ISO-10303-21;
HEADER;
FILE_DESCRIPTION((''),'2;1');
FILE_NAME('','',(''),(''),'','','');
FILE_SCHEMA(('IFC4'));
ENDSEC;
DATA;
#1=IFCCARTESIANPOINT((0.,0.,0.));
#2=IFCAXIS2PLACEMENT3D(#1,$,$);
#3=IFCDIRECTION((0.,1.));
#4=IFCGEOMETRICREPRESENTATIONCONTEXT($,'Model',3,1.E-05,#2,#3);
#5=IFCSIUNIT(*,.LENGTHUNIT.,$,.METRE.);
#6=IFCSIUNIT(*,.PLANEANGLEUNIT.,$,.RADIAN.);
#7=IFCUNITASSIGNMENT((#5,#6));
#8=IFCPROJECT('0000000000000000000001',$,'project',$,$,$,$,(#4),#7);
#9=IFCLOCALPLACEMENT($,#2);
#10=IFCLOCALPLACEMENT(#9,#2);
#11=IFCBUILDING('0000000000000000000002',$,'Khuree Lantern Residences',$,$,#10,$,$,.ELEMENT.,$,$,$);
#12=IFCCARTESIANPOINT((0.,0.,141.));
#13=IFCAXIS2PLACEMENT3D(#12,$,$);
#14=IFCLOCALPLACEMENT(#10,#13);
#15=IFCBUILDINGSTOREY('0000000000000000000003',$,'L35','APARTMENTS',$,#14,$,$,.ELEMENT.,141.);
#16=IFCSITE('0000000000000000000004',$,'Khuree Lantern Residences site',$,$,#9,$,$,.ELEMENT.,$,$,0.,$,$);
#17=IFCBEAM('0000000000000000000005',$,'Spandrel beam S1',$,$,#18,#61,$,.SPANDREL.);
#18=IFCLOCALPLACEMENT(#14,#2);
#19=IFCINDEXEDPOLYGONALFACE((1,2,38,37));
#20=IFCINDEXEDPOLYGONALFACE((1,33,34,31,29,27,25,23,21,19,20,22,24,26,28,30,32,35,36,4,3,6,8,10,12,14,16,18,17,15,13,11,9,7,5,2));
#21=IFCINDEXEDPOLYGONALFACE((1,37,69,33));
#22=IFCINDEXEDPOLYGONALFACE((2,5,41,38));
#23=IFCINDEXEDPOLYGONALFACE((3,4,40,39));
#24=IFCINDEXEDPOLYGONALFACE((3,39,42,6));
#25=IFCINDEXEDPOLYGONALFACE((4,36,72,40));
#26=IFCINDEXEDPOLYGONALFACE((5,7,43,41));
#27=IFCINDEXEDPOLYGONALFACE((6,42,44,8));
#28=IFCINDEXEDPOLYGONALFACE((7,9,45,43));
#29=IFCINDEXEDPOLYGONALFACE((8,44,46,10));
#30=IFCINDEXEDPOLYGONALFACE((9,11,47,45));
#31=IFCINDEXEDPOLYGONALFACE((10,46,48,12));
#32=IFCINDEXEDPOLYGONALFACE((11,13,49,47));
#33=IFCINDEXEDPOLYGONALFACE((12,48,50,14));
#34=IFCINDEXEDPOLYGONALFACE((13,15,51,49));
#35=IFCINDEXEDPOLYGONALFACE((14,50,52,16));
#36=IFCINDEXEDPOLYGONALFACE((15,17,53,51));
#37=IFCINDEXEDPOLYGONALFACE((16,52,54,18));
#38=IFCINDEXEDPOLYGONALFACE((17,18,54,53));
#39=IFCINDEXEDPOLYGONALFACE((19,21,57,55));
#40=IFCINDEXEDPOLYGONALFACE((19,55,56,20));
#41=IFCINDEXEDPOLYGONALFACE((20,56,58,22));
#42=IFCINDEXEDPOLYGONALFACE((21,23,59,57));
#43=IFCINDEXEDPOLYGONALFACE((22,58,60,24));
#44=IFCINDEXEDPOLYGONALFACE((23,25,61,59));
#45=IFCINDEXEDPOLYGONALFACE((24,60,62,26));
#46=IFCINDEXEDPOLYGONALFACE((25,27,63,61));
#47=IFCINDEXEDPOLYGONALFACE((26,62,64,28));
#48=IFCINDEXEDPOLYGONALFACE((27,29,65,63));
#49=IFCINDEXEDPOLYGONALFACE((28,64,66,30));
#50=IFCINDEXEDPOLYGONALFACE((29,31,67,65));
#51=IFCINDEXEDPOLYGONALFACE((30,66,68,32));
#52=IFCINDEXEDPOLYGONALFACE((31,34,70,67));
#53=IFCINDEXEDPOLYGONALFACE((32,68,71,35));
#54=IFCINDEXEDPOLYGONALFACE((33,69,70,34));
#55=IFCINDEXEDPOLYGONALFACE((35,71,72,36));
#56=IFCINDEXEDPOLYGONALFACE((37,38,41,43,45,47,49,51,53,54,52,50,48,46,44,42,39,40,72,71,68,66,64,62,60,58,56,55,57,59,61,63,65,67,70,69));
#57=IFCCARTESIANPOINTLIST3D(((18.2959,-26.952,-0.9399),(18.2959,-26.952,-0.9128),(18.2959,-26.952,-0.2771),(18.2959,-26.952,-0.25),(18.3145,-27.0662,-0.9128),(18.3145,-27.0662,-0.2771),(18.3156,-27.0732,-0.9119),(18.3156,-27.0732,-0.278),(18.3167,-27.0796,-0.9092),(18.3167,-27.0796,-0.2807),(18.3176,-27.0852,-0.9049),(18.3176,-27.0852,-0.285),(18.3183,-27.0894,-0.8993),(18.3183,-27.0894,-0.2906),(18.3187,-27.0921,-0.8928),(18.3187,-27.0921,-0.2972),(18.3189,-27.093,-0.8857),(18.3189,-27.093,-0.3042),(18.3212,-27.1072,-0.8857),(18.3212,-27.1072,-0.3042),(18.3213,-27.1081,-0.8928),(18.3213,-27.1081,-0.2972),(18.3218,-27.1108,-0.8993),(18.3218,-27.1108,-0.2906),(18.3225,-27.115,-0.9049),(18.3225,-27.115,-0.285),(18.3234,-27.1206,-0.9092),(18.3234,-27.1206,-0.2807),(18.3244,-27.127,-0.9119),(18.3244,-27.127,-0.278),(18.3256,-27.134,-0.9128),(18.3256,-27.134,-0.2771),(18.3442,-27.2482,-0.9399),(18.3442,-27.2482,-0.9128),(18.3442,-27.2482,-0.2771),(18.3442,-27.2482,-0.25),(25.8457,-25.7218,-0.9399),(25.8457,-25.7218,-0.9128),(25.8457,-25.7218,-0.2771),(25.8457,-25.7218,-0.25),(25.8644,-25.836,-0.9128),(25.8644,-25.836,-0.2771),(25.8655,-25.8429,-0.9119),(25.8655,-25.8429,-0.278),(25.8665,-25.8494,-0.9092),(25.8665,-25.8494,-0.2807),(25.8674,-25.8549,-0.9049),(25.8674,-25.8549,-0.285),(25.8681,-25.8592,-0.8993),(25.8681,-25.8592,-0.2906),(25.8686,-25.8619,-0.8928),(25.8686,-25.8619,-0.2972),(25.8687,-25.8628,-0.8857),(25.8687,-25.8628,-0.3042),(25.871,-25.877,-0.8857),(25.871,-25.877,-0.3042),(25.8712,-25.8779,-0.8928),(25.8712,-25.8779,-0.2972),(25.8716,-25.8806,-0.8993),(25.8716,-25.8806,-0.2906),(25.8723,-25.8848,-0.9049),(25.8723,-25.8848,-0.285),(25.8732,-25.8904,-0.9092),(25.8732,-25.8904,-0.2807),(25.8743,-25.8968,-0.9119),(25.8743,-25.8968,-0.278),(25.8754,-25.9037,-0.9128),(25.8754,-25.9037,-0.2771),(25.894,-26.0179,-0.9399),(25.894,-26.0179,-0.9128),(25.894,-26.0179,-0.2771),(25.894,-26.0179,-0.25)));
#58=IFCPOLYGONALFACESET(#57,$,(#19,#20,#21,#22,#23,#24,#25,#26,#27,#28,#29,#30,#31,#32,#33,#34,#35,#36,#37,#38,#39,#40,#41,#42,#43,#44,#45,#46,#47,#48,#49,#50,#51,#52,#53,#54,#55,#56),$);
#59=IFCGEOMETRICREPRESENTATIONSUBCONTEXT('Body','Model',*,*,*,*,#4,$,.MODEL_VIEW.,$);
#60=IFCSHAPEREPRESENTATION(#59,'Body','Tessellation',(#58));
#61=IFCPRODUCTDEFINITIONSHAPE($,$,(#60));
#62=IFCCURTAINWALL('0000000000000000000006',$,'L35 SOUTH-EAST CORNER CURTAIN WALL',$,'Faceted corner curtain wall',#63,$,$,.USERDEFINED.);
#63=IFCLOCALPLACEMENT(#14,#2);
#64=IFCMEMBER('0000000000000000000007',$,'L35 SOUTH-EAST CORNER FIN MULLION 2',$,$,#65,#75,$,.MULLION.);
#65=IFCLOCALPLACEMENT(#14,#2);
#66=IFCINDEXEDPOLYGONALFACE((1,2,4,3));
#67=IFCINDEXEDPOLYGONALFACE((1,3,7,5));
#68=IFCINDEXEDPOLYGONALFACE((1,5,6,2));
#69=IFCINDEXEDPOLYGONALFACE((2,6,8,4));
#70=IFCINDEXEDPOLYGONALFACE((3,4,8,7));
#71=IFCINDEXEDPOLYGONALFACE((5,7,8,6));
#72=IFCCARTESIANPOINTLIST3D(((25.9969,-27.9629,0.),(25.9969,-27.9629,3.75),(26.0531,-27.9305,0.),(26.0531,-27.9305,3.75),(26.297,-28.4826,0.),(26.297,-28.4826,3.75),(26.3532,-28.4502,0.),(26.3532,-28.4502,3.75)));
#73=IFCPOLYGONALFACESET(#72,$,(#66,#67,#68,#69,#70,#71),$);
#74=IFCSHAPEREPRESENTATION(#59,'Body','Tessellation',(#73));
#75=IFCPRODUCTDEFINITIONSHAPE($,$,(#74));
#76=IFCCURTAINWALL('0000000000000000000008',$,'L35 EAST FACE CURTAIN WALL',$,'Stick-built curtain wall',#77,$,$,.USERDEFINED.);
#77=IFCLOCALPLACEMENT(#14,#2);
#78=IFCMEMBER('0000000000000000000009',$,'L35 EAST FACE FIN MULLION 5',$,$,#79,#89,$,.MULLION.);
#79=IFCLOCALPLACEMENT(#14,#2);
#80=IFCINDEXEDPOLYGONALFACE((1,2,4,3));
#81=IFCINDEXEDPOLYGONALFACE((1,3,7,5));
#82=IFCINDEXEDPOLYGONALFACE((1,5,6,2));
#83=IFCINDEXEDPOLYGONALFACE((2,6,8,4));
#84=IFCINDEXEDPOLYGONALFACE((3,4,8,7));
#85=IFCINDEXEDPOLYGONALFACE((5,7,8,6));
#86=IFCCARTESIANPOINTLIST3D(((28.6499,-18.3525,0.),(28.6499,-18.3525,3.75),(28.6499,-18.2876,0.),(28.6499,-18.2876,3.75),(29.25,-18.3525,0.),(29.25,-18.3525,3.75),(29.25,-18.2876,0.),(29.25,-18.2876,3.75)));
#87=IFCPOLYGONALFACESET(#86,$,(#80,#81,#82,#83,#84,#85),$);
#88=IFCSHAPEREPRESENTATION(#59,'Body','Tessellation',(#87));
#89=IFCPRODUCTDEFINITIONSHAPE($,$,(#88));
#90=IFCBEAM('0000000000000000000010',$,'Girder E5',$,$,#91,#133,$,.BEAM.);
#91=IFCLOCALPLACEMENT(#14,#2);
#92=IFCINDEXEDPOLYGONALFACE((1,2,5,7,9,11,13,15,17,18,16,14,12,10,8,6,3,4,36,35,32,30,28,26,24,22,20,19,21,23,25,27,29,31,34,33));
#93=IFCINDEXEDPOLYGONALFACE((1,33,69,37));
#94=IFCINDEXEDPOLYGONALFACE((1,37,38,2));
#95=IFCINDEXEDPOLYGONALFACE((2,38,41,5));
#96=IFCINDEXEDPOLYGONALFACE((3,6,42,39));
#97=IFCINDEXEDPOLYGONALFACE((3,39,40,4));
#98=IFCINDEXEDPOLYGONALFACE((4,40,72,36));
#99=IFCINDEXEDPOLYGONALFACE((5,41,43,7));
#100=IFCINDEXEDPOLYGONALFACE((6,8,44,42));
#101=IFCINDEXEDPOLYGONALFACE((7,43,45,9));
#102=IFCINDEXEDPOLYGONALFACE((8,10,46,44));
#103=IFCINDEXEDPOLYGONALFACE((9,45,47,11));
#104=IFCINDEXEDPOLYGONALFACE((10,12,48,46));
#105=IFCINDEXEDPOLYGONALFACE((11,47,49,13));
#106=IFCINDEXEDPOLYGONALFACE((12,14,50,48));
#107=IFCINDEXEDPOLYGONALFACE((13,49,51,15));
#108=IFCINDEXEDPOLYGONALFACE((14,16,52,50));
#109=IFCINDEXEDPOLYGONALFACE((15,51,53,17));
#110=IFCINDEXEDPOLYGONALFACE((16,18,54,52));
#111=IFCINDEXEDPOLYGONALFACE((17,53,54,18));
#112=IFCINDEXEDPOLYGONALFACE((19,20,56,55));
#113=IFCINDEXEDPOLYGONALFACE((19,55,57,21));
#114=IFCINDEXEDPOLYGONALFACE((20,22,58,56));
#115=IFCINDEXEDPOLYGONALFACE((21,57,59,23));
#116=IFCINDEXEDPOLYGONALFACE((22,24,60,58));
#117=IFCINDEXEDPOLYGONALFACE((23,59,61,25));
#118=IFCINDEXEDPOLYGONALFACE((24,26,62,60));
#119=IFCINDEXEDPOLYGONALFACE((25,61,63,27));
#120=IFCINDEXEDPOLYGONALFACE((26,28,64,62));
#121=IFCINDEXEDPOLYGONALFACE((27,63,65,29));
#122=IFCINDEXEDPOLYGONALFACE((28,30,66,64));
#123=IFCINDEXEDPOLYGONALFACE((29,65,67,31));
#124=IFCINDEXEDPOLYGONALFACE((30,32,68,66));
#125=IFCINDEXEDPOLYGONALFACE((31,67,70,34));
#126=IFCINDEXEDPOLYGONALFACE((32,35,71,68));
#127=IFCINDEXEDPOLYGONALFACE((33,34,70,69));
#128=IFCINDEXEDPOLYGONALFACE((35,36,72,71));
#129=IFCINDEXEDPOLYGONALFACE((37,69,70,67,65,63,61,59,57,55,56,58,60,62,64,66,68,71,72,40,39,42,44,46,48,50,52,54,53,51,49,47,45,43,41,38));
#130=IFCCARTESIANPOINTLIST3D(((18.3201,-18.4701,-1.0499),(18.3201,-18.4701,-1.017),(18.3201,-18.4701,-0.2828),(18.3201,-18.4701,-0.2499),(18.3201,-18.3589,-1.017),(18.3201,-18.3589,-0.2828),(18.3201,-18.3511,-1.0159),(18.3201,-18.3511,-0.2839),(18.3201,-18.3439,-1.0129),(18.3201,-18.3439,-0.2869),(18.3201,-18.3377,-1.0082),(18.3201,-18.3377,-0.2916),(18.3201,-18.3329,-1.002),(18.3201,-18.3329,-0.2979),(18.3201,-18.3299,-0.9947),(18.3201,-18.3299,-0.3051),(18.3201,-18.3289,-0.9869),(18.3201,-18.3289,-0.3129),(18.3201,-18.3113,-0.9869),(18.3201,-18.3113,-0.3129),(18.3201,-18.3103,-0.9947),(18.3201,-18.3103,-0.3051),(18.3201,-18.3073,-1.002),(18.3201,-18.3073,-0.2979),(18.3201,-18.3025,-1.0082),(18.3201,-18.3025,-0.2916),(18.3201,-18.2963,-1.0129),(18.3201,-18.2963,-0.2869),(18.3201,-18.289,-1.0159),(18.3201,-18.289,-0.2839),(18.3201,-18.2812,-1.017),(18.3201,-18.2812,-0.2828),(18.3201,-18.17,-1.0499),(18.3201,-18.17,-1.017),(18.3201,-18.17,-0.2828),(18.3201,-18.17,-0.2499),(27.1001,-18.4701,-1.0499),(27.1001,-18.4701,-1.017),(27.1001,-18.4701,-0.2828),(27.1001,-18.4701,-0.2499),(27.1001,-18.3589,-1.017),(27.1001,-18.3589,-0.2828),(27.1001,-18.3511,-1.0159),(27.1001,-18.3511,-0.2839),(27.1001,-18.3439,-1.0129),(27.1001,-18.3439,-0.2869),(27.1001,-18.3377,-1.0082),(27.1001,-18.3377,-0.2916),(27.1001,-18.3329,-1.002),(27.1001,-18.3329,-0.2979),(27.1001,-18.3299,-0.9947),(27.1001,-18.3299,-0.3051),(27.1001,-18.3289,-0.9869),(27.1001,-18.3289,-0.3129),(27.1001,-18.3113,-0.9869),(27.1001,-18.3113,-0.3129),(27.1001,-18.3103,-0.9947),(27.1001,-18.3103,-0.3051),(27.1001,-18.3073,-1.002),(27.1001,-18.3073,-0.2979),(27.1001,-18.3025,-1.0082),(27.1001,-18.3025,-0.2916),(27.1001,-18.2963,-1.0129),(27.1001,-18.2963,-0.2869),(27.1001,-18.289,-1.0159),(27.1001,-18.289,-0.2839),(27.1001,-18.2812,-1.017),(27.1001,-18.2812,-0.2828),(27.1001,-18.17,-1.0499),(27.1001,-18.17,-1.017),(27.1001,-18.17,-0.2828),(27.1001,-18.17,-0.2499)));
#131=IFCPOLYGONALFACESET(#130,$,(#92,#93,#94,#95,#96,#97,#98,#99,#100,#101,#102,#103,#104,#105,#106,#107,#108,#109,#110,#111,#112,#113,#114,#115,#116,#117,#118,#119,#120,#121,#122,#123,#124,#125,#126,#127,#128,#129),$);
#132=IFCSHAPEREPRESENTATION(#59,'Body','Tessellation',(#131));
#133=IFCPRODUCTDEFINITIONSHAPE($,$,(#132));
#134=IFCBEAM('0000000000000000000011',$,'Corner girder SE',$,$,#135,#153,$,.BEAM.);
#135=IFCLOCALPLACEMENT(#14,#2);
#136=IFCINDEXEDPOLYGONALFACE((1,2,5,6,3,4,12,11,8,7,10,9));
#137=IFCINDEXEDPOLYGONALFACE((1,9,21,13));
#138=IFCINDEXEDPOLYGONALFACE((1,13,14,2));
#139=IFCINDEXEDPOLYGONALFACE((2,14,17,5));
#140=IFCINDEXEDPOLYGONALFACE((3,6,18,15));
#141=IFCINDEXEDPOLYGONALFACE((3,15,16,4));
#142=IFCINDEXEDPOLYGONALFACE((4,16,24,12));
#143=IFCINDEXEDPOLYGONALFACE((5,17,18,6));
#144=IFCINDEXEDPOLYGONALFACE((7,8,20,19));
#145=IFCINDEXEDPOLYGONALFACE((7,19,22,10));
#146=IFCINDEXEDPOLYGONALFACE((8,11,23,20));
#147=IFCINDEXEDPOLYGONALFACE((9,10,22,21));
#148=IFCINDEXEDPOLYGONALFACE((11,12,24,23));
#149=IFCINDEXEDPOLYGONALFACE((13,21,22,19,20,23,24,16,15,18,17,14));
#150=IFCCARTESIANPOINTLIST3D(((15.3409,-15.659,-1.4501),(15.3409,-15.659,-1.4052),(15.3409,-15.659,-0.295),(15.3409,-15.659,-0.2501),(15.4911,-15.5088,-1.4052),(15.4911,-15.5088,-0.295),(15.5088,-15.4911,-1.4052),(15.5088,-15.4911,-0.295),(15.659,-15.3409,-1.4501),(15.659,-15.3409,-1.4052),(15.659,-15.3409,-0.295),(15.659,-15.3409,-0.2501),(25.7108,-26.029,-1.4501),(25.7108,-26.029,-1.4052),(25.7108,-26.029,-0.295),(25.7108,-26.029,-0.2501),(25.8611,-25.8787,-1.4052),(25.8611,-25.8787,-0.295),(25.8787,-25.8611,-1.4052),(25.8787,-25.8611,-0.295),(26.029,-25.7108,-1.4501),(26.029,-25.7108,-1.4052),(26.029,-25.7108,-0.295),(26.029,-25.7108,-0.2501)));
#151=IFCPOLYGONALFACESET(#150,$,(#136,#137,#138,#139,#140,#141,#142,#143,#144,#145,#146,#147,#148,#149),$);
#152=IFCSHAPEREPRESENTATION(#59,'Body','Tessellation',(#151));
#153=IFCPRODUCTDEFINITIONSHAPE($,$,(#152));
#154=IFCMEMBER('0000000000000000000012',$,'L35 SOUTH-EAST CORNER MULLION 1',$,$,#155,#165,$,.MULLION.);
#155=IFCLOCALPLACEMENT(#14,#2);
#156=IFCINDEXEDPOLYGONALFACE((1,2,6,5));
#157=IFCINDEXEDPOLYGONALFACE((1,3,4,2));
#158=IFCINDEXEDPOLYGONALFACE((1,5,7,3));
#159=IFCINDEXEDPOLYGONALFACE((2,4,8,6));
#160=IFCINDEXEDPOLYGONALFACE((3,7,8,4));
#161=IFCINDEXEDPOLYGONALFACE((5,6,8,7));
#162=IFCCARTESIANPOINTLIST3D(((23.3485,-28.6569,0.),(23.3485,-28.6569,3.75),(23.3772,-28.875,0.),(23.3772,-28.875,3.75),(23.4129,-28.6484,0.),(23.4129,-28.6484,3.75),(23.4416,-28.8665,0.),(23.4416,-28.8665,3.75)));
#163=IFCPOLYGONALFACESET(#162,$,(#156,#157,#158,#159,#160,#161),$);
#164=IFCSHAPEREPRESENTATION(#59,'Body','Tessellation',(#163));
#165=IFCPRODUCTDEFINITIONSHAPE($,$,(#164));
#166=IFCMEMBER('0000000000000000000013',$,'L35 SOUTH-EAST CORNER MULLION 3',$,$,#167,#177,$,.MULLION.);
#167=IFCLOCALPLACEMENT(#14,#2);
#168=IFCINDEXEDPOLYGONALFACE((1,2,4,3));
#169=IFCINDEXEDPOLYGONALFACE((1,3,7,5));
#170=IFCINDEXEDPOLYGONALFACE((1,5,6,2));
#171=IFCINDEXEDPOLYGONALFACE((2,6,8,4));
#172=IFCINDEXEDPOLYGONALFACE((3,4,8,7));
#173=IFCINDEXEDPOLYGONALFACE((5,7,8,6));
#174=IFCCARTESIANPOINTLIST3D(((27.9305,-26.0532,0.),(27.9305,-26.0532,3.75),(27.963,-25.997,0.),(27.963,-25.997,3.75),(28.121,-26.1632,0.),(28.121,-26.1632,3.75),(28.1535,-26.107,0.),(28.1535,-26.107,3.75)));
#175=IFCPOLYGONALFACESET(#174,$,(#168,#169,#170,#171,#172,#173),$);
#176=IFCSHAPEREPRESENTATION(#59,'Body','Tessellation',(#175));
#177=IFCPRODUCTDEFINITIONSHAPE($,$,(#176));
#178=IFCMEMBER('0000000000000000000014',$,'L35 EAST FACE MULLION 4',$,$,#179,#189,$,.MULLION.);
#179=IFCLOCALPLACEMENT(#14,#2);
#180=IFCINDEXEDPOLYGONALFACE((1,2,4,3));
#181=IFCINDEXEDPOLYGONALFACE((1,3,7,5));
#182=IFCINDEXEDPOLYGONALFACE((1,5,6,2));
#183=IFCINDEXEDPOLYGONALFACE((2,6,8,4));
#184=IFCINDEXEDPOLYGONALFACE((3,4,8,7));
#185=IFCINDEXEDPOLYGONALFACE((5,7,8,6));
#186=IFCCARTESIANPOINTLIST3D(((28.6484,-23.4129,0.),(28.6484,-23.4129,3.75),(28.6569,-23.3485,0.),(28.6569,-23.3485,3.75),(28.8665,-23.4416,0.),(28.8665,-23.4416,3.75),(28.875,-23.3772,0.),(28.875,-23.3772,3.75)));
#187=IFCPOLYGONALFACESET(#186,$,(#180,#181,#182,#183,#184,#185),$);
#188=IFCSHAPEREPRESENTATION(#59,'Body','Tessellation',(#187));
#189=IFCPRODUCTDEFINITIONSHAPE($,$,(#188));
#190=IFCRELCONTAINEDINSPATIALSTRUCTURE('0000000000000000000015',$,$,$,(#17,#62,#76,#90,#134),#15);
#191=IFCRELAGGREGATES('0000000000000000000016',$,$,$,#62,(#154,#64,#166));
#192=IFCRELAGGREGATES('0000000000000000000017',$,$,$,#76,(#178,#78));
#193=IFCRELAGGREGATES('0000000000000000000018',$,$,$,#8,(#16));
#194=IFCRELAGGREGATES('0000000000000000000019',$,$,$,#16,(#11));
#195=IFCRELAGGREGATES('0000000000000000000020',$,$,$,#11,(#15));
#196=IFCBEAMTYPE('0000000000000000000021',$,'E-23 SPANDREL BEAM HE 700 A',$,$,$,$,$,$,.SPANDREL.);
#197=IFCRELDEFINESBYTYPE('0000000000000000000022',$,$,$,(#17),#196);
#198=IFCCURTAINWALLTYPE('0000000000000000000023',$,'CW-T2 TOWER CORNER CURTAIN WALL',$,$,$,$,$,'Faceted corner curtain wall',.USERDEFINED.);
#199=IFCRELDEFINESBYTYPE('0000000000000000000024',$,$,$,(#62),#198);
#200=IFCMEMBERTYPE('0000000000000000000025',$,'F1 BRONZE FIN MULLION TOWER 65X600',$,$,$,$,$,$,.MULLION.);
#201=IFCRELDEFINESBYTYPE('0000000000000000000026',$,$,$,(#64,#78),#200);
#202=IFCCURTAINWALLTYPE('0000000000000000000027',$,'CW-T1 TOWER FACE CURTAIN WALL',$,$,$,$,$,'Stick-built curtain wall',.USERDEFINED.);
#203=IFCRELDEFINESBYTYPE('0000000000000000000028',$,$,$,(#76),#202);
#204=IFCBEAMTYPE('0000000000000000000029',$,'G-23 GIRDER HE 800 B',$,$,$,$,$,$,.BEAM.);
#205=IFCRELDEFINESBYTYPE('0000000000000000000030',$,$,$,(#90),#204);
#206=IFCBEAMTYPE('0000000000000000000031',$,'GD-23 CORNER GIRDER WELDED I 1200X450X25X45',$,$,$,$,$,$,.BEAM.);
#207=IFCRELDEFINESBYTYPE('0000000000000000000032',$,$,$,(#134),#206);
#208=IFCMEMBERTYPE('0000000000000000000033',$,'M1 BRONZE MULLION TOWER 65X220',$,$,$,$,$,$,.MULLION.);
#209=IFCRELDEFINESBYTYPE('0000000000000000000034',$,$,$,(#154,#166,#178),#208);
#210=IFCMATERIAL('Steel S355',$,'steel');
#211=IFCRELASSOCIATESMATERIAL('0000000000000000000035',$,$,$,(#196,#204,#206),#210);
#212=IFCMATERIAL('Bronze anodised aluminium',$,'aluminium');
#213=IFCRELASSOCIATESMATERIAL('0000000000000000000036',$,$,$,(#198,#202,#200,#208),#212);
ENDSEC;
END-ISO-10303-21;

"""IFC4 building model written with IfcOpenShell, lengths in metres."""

from ifc_helpers import new_model, si_unit, direction, frame, origin, origin_2d, place, context, subcontext, project, spatial, rectangle, i_section, extrude, material, material_profile, profile_set, type_object, element, aggregate, save


model = new_model("IFC4")

# Units and contexts
model_context = context("Model", 3, precision=1e-05, world=origin(), true_north=direction((0.0, 1.0)))
body_context = subcontext(model_context, "Body", "Model", "MODEL_VIEW")
ifc_project = project(units=[si_unit("LENGTHUNIT", "METRE"), si_unit("PLANEANGLEUNIT", "RADIAN")], contexts=[model_context])

# Site, building, storey
site_placement = place(None, origin())
site = spatial("IfcSite", under=ifc_project, at=site_placement, Name="Khuree Lantern Residences site", CompositionType="ELEMENT", RefElevation=0.0)
building_placement = place(site_placement, origin())
building = spatial("IfcBuilding", under=site, at=building_placement, Name="Khuree Lantern Residences", CompositionType="ELEMENT")
storey_placement = place(building_placement, frame((0.0, 0.0, 141.0)))
storey = spatial("IfcBuildingStorey", under=building, at=storey_placement, Name="L35", Description="APARTMENTS", CompositionType="ELEMENT", Elevation=141.0)

# Beam
ifc_material_1 = material(Name="Steel S355", Category="steel")
ifc_material_profile_1 = material_profile(ifc_material_1, i_section(OverallWidth=0.3, OverallDepth=0.6899, WebThickness=0.0144, FlangeThickness=0.0271, FilletRadius=0.0271, at=origin_2d()), Name="HE 700 A")
ifc_profile_set_1 = profile_set([ifc_material_profile_1], Name="Steel S355")
beam_type_1 = type_object("IfcBeamType", Name="E-23 SPANDREL BEAM HE 700 A", PredefinedType="SPANDREL", material=ifc_profile_set_1)
for number, where, z_axis, x_axis, name in (
    (1, (25.8699, -25.8699, -0.595), (-0.986983, -0.160827, 0.0), (0.160827, -0.986983, 0.0), "Spandrel beam S1"),
):
    element("IfcBeam", number, at=place(storey_placement, frame(where, z_axis=z_axis, x_axis=x_axis)), inside=storey, type_object=beam_type_1, Name=name, PredefinedType="SPANDREL", context=body_context, shape_type="SweptSolid", body=[
        extrude(i_section(OverallWidth=0.3, OverallDepth=0.6899, WebThickness=0.0144, FlangeThickness=0.0271, FilletRadius=0.0271, at=origin_2d()), origin(), (0.0, 0.0, 1.0), 7.6494),
    ])

# Curtain walls, members
ifc_material_2 = material(Name="Bronze anodised aluminium", Category="aluminium")
curtain_wall_type_1 = type_object("IfcCurtainWallType", Name="CW-T2 TOWER CORNER CURTAIN WALL", ElementType="Faceted corner curtain wall", PredefinedType="USERDEFINED", material=ifc_material_2)
curtain_wall_1_placement = place(storey_placement, origin())
curtain_wall_1 = element("IfcCurtainWall", 2, at=curtain_wall_1_placement, inside=storey, type_object=curtain_wall_type_1, Name="L35 SOUTH-EAST CORNER CURTAIN WALL", ObjectType="Faceted corner curtain wall", PredefinedType="USERDEFINED")
ifc_material_profile_2 = material_profile(ifc_material_2, rectangle(XDim=0.0649, YDim=0.6001, at=origin_2d()), Name="F1 65X600")
ifc_profile_set_2 = profile_set([ifc_material_profile_2], Name="Bronze anodised aluminium")
member_type_1 = type_object("IfcMemberType", Name="F1 BRONZE FIN MULLION TOWER 65X600", PredefinedType="MULLION", material=ifc_profile_set_2)
member_1_placement = place(storey_placement, frame((26.175, -28.2065, 0.0), z_axis=(0.0, 0.0, 1.0), x_axis=(0.866025, 0.5, 0.0)))
member_1 = element("IfcMember", 3, at=member_1_placement, type_object=member_type_1, Name="L35 SOUTH-EAST CORNER FIN MULLION 2", PredefinedType="MULLION", context=body_context, shape_type="SweptSolid", body=[
    extrude(rectangle(XDim=0.0649, YDim=0.6001, at=origin_2d()), origin(), (0.0, 0.0, 1.0), 3.75),
])
curtain_wall_type_2 = type_object("IfcCurtainWallType", Name="CW-T1 TOWER FACE CURTAIN WALL", ElementType="Stick-built curtain wall", PredefinedType="USERDEFINED", material=ifc_material_2)
curtain_wall_2_placement = place(storey_placement, origin())
curtain_wall_2 = element("IfcCurtainWall", 4, at=curtain_wall_2_placement, inside=storey, type_object=curtain_wall_type_2, Name="L35 EAST FACE CURTAIN WALL", ObjectType="Stick-built curtain wall", PredefinedType="USERDEFINED")
member_2_placement = place(storey_placement, frame((28.95, -18.3201, 0.0), z_axis=(0.0, 0.0, 1.0), x_axis=(0.0, 1.0, 0.0)))
member_2 = element("IfcMember", 5, at=member_2_placement, type_object=member_type_1, Name="L35 EAST FACE FIN MULLION 5", PredefinedType="MULLION", context=body_context, shape_type="SweptSolid", body=[
    extrude(rectangle(XDim=0.0649, YDim=0.6001, at=origin_2d()), origin(), (0.0, 0.0, 1.0), 3.75),
])

# Beams
ifc_material_profile_3 = material_profile(ifc_material_1, i_section(OverallWidth=0.3, OverallDepth=0.8, WebThickness=0.0176, FlangeThickness=0.033, FilletRadius=0.03, at=origin_2d()), Name="HE 800 B")
ifc_profile_set_3 = profile_set([ifc_material_profile_3], Name="Steel S355")
beam_type_2 = type_object("IfcBeamType", Name="G-23 GIRDER HE 800 B", PredefinedType="BEAM", material=ifc_profile_set_3)
beam_1_placement = place(storey_placement, frame((27.1001, -18.3201, -0.6499), z_axis=(-1.0, 0.0, 0.0), x_axis=(0.0, -1.0, 0.0)))
element("IfcBeam", 6, at=beam_1_placement, inside=storey, type_object=beam_type_2, Name="Girder E5", PredefinedType="BEAM", context=body_context, shape_type="SweptSolid", body=[
    extrude(i_section(OverallWidth=0.3, OverallDepth=0.8, WebThickness=0.0176, FlangeThickness=0.033, FilletRadius=0.03, at=origin_2d()), origin(), (0.0, 0.0, 1.0), 8.78),
])
ifc_material_profile_4 = material_profile(ifc_material_1, i_section(OverallWidth=0.45, OverallDepth=1.2, WebThickness=0.0249, FlangeThickness=0.0449, at=origin_2d()), Name="WELDED I 1200X450X25X45")
ifc_profile_set_4 = profile_set([ifc_material_profile_4], Name="Steel S355")
beam_type_3 = type_object("IfcBeamType", Name="GD-23 CORNER GIRDER WELDED I 1200X450X25X45", PredefinedType="BEAM", material=ifc_profile_set_4)
beam_2_placement = place(storey_placement, frame((25.8699, -25.8699, -0.8501), z_axis=(-0.707107, 0.707107, 0.0), x_axis=(-0.707107, -0.707107, 0.0)))
element("IfcBeam", 7, at=beam_2_placement, inside=storey, type_object=beam_type_3, Name="Corner girder SE", PredefinedType="BEAM", context=body_context, shape_type="SweptSolid", body=[
    extrude(i_section(OverallWidth=0.45, OverallDepth=1.2, WebThickness=0.0249, FlangeThickness=0.0449, at=origin_2d()), origin(), (0.0, 0.0, 1.0), 14.6653),
])

# Members
ifc_material_profile_5 = material_profile(ifc_material_2, rectangle(XDim=0.0649, YDim=0.22, at=origin_2d()), Name="M1 65X220")
ifc_profile_set_5 = profile_set([ifc_material_profile_5], Name="Bronze anodised aluminium")
member_type_2 = type_object("IfcMemberType", Name="M1 BRONZE MULLION TOWER 65X220", PredefinedType="MULLION", material=ifc_profile_set_5)
member_3_placement = place(storey_placement, frame((23.395, -28.7617, 0.0), z_axis=(0.0, 0.0, 1.0), x_axis=(0.991445, 0.130526, 0.0)))
member_3 = element("IfcMember", 8, at=member_3_placement, type_object=member_type_2, Name="L35 SOUTH-EAST CORNER MULLION 1", PredefinedType="MULLION", context=body_context, shape_type="SweptSolid", body=[
    extrude(rectangle(XDim=0.0649, YDim=0.22, at=origin_2d()), origin(), (0.0, 0.0, 1.0), 3.75),
])
member_4_placement = place(storey_placement, frame((28.042, -26.0801, 0.0), z_axis=(0.0, 0.0, 1.0), x_axis=(0.5, 0.866025, 0.0)))
member_4 = element("IfcMember", 9, at=member_4_placement, type_object=member_type_2, Name="L35 SOUTH-EAST CORNER MULLION 3", PredefinedType="MULLION", context=body_context, shape_type="SweptSolid", body=[
    extrude(rectangle(XDim=0.0649, YDim=0.22, at=origin_2d()), origin(), (0.0, 0.0, 1.0), 3.75),
])
member_5_placement = place(storey_placement, frame((28.7617, -23.395, 0.0), z_axis=(0.0, 0.0, 1.0), x_axis=(0.130526, 0.991445, 0.0)))
member_5 = element("IfcMember", 10, at=member_5_placement, type_object=member_type_2, Name="L35 EAST FACE MULLION 4", PredefinedType="MULLION", context=body_context, shape_type="SweptSolid", body=[
    extrude(rectangle(XDim=0.0649, YDim=0.22, at=origin_2d()), origin(), (0.0, 0.0, 1.0), 3.75),
])

aggregate(curtain_wall_1, [member_3, member_1, member_4])

aggregate(curtain_wall_2, [member_5, member_2])

save(model, "model.ifc")
